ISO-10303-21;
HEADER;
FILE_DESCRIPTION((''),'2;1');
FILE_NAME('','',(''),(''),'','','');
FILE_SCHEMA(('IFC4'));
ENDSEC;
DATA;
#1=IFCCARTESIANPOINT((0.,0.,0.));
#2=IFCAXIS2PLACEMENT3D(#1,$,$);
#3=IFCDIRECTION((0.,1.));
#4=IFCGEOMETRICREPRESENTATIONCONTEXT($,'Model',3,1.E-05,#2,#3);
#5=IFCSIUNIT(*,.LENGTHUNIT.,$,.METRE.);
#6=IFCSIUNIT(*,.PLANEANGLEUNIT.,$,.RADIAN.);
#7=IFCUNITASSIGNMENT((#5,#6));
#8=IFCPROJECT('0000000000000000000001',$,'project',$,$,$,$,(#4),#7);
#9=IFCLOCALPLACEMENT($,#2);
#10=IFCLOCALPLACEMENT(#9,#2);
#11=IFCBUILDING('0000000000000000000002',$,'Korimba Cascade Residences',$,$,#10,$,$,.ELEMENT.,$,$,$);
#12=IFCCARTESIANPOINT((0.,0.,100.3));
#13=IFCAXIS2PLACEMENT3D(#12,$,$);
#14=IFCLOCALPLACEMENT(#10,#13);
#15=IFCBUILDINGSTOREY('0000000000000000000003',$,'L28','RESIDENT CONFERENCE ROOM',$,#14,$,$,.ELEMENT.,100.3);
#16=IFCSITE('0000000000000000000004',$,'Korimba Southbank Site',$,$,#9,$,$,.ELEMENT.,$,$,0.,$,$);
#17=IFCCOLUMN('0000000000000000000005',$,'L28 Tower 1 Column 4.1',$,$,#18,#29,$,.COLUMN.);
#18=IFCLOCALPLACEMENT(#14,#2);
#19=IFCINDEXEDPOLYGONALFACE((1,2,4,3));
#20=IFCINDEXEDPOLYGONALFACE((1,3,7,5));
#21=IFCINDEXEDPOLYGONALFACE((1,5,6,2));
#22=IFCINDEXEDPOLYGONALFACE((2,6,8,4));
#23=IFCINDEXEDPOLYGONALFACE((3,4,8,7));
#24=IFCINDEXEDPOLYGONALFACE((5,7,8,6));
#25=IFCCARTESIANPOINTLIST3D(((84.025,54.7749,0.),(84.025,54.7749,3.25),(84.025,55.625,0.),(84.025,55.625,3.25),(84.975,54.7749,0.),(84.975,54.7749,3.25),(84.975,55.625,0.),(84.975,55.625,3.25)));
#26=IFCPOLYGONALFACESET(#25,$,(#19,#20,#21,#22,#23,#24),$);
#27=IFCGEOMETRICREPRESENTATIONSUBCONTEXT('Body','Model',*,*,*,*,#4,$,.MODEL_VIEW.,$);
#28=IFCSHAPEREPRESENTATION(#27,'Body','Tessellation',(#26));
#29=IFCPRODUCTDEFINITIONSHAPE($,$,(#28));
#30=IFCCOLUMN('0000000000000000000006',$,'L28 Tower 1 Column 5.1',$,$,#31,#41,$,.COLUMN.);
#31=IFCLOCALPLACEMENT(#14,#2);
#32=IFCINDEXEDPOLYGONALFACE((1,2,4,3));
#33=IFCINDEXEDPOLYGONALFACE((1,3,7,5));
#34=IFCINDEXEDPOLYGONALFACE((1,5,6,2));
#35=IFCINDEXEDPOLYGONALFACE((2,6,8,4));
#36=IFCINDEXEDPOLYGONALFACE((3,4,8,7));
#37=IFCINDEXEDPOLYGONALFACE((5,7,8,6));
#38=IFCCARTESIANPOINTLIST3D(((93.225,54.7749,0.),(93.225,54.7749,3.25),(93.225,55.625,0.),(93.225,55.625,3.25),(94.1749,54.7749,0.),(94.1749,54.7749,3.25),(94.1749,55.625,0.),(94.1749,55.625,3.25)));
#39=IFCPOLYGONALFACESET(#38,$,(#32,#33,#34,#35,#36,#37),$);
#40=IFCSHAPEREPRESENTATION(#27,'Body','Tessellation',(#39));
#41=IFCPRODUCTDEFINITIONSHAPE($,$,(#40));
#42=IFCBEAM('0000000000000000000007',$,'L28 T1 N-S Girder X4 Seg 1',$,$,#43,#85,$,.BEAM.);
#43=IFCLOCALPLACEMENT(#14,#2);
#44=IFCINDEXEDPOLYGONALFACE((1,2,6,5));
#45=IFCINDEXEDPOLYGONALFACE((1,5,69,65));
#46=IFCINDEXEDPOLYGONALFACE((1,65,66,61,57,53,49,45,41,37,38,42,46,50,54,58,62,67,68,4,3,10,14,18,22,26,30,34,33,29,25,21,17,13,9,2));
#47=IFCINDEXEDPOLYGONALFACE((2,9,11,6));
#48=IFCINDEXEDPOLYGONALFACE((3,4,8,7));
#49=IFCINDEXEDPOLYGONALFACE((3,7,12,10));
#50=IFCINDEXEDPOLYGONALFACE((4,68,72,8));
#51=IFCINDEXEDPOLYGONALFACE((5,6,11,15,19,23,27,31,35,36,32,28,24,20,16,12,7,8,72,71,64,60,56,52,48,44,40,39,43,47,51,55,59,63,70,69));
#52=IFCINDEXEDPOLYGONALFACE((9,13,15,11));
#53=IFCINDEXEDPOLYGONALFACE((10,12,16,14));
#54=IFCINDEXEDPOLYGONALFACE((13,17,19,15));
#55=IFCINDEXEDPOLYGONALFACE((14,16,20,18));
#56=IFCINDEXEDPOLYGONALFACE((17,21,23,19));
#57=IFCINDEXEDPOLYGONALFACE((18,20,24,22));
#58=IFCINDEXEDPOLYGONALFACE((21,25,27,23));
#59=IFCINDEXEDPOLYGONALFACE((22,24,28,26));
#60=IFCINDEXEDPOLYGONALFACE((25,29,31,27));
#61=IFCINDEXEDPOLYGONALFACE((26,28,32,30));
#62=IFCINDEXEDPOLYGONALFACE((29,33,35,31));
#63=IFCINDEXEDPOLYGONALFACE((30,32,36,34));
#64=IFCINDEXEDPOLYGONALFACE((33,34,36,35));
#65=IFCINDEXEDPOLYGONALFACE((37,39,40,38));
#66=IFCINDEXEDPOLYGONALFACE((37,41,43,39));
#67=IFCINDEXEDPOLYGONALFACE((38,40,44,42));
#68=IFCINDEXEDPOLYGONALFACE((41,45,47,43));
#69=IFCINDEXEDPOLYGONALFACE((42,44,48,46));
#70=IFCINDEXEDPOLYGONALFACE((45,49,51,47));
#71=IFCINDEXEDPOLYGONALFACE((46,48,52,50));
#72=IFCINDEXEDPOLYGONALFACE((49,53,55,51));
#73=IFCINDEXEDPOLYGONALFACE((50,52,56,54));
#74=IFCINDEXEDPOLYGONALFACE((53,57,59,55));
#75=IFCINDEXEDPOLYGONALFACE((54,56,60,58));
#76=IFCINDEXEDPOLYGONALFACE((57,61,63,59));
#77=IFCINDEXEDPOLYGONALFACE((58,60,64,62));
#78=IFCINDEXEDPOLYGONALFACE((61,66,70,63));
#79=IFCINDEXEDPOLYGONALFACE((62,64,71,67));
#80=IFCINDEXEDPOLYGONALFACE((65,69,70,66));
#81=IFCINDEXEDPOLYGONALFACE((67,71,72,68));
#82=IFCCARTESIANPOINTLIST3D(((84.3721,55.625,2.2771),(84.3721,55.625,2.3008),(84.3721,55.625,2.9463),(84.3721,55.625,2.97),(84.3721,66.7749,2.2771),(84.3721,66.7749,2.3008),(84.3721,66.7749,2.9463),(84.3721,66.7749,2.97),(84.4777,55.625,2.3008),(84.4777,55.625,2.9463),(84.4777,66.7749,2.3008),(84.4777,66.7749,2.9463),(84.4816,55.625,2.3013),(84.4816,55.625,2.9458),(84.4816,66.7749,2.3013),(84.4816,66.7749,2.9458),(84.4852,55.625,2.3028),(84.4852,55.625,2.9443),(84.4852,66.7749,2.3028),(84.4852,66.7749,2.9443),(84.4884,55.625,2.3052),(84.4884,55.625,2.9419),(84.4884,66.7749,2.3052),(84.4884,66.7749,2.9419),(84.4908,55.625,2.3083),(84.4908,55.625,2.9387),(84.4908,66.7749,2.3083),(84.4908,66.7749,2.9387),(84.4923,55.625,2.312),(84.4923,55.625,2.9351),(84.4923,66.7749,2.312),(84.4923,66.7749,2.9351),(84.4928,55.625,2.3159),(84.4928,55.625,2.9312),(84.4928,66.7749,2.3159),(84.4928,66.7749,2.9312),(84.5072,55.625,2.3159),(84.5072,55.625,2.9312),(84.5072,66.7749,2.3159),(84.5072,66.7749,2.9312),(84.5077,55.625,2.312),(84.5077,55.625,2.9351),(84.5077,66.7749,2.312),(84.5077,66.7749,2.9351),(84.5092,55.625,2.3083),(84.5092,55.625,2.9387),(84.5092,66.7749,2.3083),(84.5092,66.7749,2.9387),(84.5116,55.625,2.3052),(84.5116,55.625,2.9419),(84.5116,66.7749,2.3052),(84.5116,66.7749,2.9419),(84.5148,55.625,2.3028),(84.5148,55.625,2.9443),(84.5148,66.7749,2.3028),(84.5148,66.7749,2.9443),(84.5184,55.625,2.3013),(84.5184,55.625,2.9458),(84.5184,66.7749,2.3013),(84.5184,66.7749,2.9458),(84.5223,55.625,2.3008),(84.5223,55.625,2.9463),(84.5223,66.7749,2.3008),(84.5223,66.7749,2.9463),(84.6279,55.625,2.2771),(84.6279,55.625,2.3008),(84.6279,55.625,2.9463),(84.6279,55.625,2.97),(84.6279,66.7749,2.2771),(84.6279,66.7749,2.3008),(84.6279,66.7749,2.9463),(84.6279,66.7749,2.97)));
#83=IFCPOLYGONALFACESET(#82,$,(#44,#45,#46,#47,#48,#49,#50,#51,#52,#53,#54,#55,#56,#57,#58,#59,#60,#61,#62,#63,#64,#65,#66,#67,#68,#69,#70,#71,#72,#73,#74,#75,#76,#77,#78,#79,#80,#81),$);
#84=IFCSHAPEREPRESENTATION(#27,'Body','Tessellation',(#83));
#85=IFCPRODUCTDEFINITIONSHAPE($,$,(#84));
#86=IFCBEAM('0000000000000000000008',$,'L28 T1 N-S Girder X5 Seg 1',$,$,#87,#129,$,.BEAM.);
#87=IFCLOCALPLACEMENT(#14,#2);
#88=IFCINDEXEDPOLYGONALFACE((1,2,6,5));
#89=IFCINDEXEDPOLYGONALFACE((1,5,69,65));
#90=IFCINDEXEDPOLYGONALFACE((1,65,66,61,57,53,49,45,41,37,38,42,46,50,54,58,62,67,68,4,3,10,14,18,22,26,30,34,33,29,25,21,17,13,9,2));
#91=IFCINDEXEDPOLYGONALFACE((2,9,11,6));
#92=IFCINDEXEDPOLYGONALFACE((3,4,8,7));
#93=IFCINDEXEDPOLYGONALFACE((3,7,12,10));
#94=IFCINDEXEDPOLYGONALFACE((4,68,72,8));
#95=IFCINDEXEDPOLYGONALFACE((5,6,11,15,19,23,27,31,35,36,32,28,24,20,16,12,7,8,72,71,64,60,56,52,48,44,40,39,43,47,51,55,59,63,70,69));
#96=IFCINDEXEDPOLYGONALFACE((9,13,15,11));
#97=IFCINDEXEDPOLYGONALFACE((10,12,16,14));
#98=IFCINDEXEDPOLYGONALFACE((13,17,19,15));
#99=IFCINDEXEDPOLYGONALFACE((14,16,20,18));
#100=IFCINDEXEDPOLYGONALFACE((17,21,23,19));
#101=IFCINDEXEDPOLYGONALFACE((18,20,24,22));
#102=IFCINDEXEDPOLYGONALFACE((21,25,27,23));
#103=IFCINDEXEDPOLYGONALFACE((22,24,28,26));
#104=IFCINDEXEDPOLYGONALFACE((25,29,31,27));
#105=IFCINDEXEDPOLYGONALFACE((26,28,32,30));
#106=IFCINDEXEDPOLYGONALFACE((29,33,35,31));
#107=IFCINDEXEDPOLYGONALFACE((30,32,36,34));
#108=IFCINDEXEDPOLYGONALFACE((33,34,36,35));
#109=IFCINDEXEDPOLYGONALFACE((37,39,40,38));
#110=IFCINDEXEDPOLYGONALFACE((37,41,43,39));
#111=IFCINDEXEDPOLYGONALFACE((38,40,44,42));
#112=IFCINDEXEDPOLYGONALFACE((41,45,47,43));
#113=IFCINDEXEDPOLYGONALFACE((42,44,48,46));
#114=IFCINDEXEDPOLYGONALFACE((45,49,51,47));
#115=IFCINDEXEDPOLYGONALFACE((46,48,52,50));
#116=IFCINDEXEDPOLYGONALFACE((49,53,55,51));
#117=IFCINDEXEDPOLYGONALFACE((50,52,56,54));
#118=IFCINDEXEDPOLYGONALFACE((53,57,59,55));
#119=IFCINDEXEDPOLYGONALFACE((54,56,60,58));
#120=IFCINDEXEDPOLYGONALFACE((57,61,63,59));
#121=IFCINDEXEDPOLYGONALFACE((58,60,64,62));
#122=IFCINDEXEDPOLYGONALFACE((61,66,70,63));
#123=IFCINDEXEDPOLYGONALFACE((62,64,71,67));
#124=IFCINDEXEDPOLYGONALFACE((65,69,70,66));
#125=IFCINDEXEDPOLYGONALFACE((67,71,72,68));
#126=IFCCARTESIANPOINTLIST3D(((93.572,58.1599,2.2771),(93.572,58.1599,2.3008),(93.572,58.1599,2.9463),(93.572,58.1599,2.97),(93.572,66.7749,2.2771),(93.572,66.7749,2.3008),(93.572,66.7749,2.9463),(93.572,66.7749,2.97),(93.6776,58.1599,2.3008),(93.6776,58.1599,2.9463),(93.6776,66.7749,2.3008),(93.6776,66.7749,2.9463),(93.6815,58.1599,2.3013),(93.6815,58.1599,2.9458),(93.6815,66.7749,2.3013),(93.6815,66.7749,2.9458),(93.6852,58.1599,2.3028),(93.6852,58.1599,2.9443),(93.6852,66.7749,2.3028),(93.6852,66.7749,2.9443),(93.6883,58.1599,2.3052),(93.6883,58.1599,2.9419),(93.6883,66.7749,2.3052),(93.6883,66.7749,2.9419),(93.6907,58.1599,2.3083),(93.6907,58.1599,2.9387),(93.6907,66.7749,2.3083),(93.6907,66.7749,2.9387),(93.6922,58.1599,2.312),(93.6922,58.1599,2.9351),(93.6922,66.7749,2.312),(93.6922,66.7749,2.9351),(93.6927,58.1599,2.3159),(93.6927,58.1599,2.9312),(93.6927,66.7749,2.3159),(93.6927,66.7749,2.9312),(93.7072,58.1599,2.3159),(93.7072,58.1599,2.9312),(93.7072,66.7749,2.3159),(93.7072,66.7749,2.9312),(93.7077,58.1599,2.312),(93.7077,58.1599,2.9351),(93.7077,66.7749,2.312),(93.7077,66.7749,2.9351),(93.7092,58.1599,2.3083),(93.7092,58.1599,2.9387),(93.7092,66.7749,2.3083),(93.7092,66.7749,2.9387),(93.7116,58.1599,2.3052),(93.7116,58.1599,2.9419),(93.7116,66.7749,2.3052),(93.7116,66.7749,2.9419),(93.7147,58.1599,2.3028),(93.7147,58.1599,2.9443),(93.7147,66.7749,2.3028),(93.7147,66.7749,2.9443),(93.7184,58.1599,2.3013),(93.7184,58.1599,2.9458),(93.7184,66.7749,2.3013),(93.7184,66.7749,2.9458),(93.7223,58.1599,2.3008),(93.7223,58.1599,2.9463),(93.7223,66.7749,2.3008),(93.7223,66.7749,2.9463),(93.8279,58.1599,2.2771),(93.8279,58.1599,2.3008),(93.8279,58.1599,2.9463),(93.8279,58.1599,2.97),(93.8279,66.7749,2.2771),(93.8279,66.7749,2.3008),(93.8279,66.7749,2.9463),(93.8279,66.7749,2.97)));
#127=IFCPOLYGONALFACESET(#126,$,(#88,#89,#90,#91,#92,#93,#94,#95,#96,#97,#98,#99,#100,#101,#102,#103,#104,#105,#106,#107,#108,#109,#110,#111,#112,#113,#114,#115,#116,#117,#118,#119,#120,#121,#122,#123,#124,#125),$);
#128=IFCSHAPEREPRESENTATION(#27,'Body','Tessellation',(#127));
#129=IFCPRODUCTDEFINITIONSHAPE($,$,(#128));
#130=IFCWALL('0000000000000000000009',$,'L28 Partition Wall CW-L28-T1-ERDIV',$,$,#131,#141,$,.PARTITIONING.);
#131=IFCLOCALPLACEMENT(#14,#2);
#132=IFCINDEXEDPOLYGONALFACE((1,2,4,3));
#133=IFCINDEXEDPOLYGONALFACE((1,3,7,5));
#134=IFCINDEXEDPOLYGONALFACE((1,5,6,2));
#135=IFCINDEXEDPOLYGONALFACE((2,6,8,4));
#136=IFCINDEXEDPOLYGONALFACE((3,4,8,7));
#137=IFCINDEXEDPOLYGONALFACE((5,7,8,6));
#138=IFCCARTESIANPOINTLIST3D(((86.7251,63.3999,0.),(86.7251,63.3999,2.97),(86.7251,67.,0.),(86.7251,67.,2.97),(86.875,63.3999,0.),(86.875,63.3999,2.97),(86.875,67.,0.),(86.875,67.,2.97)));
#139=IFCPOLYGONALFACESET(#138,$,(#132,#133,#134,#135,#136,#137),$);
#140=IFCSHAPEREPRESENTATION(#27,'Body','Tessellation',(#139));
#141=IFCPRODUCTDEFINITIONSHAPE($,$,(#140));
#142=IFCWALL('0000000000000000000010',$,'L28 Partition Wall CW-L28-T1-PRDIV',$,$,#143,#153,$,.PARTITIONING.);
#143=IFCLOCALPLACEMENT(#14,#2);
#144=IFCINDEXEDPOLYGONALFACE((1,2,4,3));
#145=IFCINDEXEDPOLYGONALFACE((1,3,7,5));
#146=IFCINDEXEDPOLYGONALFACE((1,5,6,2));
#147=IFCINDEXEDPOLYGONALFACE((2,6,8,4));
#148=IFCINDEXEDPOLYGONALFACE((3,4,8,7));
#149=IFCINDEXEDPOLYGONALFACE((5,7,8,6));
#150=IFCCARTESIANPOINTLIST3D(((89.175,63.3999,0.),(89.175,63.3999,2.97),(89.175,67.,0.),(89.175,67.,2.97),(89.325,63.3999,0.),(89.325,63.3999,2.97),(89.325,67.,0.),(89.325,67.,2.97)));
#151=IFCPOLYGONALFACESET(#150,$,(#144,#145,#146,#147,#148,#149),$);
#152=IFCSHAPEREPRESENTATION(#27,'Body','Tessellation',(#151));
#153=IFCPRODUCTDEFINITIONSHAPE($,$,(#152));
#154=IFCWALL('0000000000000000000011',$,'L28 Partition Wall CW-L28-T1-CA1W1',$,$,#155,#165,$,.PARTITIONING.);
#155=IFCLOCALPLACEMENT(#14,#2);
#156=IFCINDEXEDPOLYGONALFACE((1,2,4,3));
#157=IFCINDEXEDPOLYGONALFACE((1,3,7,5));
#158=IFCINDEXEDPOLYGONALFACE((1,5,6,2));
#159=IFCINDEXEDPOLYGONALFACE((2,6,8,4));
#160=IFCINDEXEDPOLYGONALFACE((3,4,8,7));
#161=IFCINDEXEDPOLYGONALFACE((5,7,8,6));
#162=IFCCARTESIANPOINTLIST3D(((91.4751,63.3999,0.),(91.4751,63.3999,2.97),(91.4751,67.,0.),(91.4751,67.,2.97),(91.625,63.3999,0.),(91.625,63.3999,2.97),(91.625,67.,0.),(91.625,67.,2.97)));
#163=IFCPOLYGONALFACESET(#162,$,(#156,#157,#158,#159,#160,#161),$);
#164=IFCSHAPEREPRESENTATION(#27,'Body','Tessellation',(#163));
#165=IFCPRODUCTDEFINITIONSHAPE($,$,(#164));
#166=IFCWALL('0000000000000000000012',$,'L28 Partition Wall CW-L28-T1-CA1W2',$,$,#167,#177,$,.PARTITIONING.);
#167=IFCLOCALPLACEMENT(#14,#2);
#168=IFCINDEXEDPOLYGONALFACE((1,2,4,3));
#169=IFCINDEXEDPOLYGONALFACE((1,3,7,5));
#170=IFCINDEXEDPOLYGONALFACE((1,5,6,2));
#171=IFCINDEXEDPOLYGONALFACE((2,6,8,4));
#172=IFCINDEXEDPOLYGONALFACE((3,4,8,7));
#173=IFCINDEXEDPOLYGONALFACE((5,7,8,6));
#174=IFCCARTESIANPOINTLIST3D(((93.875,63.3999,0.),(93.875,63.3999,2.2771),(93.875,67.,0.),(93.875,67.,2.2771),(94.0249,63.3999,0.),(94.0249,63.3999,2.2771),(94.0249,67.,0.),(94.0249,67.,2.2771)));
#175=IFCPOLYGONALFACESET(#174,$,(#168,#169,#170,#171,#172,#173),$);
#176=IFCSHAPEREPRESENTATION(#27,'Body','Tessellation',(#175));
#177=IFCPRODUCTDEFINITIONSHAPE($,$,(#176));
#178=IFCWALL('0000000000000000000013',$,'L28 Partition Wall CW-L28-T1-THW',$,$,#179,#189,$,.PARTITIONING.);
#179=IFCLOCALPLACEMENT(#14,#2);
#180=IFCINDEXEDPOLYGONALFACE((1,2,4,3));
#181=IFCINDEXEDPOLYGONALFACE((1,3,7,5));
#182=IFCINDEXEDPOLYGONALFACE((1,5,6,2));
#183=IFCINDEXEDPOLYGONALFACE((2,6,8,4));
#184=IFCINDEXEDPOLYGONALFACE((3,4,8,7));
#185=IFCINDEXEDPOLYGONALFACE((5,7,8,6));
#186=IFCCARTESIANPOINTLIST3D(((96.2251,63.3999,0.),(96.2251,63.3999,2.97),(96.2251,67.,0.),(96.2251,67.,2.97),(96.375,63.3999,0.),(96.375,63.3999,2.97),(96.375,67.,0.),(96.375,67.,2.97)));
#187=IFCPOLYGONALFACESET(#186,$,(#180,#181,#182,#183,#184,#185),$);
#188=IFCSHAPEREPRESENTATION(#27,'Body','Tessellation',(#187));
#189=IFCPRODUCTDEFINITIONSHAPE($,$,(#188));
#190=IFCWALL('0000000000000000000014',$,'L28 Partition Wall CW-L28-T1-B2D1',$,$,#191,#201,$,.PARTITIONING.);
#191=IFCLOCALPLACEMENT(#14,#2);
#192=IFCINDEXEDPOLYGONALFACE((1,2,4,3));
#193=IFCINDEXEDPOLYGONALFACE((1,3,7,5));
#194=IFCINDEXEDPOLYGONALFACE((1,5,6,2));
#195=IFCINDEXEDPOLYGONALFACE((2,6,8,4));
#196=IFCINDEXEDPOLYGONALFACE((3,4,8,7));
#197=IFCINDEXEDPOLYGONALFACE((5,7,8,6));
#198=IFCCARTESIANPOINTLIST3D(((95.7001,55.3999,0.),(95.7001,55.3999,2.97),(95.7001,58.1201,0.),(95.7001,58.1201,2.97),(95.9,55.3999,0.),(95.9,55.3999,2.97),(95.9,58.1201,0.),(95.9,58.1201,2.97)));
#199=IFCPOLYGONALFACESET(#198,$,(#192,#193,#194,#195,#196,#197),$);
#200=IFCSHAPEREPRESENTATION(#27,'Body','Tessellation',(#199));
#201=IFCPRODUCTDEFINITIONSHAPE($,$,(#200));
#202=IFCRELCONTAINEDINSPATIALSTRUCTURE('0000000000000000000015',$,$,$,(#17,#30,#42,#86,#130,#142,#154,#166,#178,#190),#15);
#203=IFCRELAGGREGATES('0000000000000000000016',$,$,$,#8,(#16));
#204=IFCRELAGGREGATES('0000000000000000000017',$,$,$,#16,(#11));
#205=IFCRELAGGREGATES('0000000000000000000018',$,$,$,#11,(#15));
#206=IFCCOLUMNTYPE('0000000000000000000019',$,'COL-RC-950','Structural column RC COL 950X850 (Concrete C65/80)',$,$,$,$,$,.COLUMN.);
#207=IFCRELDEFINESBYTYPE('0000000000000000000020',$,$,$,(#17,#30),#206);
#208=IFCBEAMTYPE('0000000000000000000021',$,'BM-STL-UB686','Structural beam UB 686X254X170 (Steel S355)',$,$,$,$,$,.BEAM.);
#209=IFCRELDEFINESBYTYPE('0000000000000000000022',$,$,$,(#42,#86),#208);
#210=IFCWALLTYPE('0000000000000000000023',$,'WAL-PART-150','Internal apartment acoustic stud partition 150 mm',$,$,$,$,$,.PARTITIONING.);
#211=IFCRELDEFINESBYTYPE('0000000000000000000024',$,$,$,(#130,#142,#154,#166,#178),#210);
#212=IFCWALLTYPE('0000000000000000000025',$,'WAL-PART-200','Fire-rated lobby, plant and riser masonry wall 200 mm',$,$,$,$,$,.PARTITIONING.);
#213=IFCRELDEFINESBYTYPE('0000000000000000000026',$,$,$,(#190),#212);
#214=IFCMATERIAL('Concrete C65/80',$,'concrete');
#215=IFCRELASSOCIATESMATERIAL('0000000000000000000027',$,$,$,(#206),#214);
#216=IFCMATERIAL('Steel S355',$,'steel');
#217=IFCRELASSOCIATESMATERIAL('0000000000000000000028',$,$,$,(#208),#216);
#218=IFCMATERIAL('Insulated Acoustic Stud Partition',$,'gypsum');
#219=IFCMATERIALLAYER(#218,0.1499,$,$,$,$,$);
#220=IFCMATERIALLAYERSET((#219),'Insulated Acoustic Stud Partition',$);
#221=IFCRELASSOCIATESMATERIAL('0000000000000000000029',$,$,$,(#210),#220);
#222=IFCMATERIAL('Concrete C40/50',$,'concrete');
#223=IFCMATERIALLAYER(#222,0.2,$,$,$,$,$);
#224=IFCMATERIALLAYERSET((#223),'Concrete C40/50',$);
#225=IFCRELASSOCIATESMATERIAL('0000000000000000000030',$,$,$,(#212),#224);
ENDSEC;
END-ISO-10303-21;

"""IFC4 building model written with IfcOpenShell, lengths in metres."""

from ifc_helpers import new_model, si_unit, direction, frame, frame_2d, origin, origin_2d, place, context, subcontext, project, spatial, rectangle, i_section, extrude, material, layer, layer_set, material_profile, profile_set, type_object, element, save


model = new_model("IFC4")

# Units and contexts
model_context = context("Model", 3, precision=1e-05, world=origin(), true_north=direction((0.0, 1.0)))
body_context = subcontext(model_context, "Body", "Model", "MODEL_VIEW")
ifc_project = project(units=[si_unit("LENGTHUNIT", "METRE"), si_unit("PLANEANGLEUNIT", "RADIAN")], contexts=[model_context])

# Site, building, storey
site_placement = place(None, origin())
site = spatial("IfcSite", under=ifc_project, at=site_placement, Name="Korimba Southbank Site", CompositionType="ELEMENT", RefElevation=0.0)
building_placement = place(site_placement, origin())
building = spatial("IfcBuilding", under=site, at=building_placement, Name="Korimba Cascade Residences", CompositionType="ELEMENT")
storey_placement = place(building_placement, frame((0.0, 0.0, 100.3)))
storey = spatial("IfcBuildingStorey", under=building, at=storey_placement, Name="L28", Description="RESIDENT CONFERENCE ROOM", CompositionType="ELEMENT", Elevation=100.3)

# Columns
ifc_material_1 = material(Name="Concrete C65/80", Category="concrete")
ifc_material_profile_1 = material_profile(ifc_material_1, rectangle(XDim=0.95, YDim=0.8501, at=origin_2d()), Name="Concrete C65/80")
ifc_profile_set_1 = profile_set([ifc_material_profile_1], Name="Concrete C65/80")
column_type = type_object("IfcColumnType", Name="COL-RC-950", Description="Structural column RC COL 950X850 (Concrete C65/80)", PredefinedType="COLUMN", material=ifc_profile_set_1)
for number, where, z_axis, x_axis, name in (
    (1, (84.5, 55.2, 0.0), (0.0, 0.0, 1.0), (1.0, 0.0, 0.0), "L28 Tower 1 Column 4.1"),
    (2, (93.7, 55.2, 0.0), (0.0, 0.0, 1.0), (1.0, 0.0, 0.0), "L28 Tower 1 Column 5.1"),
):
    element("IfcColumn", number, at=place(storey_placement, frame(where, z_axis=z_axis, x_axis=x_axis)), inside=storey, type_object=column_type, Name=name, PredefinedType="COLUMN", context=body_context, shape_type="SweptSolid", body=[
        extrude(rectangle(XDim=0.95, YDim=0.8501, at=origin_2d()), origin(), (0.0, 0.0, 1.0), 3.25),
    ])

# Beams
ifc_material_2 = material(Name="Steel S355", Category="steel")
ifc_material_profile_2 = material_profile(ifc_material_2, i_section(OverallWidth=0.2559, OverallDepth=0.6929, WebThickness=0.0144, FlangeThickness=0.0237, FilletRadius=0.0151, at=origin_2d()), Name="Steel S355")
ifc_profile_set_2 = profile_set([ifc_material_profile_2], Name="Steel S355")
beam_type = type_object("IfcBeamType", Name="BM-STL-UB686", Description="Structural beam UB 686X254X170 (Steel S355)", PredefinedType="BEAM", material=ifc_profile_set_2)
beam_1_placement = place(storey_placement, frame((84.5, 55.625, 2.6235), z_axis=(0.0, 1.0, 0.0), x_axis=(-1.0, 0.0, 0.0)))
element("IfcBeam", 3, at=beam_1_placement, inside=storey, type_object=beam_type, Name="L28 T1 N-S Girder X4 Seg 1", PredefinedType="BEAM", context=body_context, shape_type="SweptSolid", body=[
    extrude(i_section(OverallWidth=0.2559, OverallDepth=0.6929, WebThickness=0.0144, FlangeThickness=0.0237, FilletRadius=0.0151, at=origin_2d()), origin(), (0.0, 0.0, 1.0), 11.1499),
])
beam_2_placement = place(storey_placement, frame((93.7, 58.1599, 2.6235), z_axis=(0.0, 1.0, 0.0), x_axis=(-1.0, 0.0, 0.0)))
element("IfcBeam", 4, at=beam_2_placement, inside=storey, type_object=beam_type, Name="L28 T1 N-S Girder X5 Seg 1", PredefinedType="BEAM", context=body_context, shape_type="SweptSolid", body=[
    extrude(i_section(OverallWidth=0.2559, OverallDepth=0.6929, WebThickness=0.0144, FlangeThickness=0.0237, FilletRadius=0.0151, at=origin_2d()), origin(), (0.0, 0.0, 1.0), 8.615),
])

# Walls
ifc_material_3 = material(Name="Insulated Acoustic Stud Partition", Category="gypsum")
ifc_layer_1 = layer(ifc_material_3, 0.1499)
ifc_layer_set_1 = layer_set([ifc_layer_1], Name="Insulated Acoustic Stud Partition")
wall_type_1 = type_object("IfcWallType", Name="WAL-PART-150", Description="Internal apartment acoustic stud partition 150 mm", PredefinedType="PARTITIONING", material=ifc_layer_set_1)
for number, where, z_axis, x_axis, name in (
    (5, (86.8, 63.3999, 0.0), (0.0, 0.0, 1.0), (0.0, 1.0, 0.0), "L28 Partition Wall CW-L28-T1-ERDIV"),
    (6, (89.25, 63.3999, 0.0), (0.0, 0.0, 1.0), (0.0, 1.0, 0.0), "L28 Partition Wall CW-L28-T1-PRDIV"),
    (7, (91.55, 63.3999, 0.0), (0.0, 0.0, 1.0), (0.0, 1.0, 0.0), "L28 Partition Wall CW-L28-T1-CA1W1"),
):
    element("IfcWall", number, at=place(storey_placement, frame(where, z_axis=z_axis, x_axis=x_axis)), inside=storey, type_object=wall_type_1, Name=name, PredefinedType="PARTITIONING", context=body_context, shape_type="SweptSolid", body=[
        extrude(rectangle(XDim=3.6001, YDim=0.1499, at=frame_2d((1.8, 0.0))), origin(), (0.0, 0.0, 1.0), 2.97),
    ])
wall_1_placement = place(storey_placement, frame((93.95, 63.3999, 0.0), z_axis=(0.0, 0.0, 1.0), x_axis=(0.0, 1.0, 0.0)))
element("IfcWall", 8, at=wall_1_placement, inside=storey, type_object=wall_type_1, Name="L28 Partition Wall CW-L28-T1-CA1W2", PredefinedType="PARTITIONING", context=body_context, shape_type="SweptSolid", body=[
    extrude(rectangle(XDim=3.6001, YDim=0.1499, at=frame_2d((1.8, 0.0))), origin(), (0.0, 0.0, 1.0), 2.2771),
])
wall_2_placement = place(storey_placement, frame((96.3, 63.3999, 0.0), z_axis=(0.0, 0.0, 1.0), x_axis=(0.0, 1.0, 0.0)))
element("IfcWall", 9, at=wall_2_placement, inside=storey, type_object=wall_type_1, Name="L28 Partition Wall CW-L28-T1-THW", PredefinedType="PARTITIONING", context=body_context, shape_type="SweptSolid", body=[
    extrude(rectangle(XDim=3.6001, YDim=0.1499, at=frame_2d((1.8, 0.0))), origin(), (0.0, 0.0, 1.0), 2.97),
])
ifc_material_4 = material(Name="Concrete C40/50", Category="concrete")
ifc_layer_2 = layer(ifc_material_4, 0.2)
ifc_layer_set_2 = layer_set([ifc_layer_2], Name="Concrete C40/50")
wall_type_2 = type_object("IfcWallType", Name="WAL-PART-200", Description="Fire-rated lobby, plant and riser masonry wall 200 mm", PredefinedType="PARTITIONING", material=ifc_layer_set_2)
wall_3_placement = place(storey_placement, frame((95.8, 55.3999, 0.0), z_axis=(0.0, 0.0, 1.0), x_axis=(0.0, 1.0, 0.0)))
element("IfcWall", 10, at=wall_3_placement, inside=storey, type_object=wall_type_2, Name="L28 Partition Wall CW-L28-T1-B2D1", PredefinedType="PARTITIONING", context=body_context, shape_type="SweptSolid", body=[
    extrude(rectangle(XDim=2.7202, YDim=0.2, at=frame_2d((1.3601, 0.0))), origin(), (0.0, 0.0, 1.0), 2.97),
])

save(model, "model.ifc")
